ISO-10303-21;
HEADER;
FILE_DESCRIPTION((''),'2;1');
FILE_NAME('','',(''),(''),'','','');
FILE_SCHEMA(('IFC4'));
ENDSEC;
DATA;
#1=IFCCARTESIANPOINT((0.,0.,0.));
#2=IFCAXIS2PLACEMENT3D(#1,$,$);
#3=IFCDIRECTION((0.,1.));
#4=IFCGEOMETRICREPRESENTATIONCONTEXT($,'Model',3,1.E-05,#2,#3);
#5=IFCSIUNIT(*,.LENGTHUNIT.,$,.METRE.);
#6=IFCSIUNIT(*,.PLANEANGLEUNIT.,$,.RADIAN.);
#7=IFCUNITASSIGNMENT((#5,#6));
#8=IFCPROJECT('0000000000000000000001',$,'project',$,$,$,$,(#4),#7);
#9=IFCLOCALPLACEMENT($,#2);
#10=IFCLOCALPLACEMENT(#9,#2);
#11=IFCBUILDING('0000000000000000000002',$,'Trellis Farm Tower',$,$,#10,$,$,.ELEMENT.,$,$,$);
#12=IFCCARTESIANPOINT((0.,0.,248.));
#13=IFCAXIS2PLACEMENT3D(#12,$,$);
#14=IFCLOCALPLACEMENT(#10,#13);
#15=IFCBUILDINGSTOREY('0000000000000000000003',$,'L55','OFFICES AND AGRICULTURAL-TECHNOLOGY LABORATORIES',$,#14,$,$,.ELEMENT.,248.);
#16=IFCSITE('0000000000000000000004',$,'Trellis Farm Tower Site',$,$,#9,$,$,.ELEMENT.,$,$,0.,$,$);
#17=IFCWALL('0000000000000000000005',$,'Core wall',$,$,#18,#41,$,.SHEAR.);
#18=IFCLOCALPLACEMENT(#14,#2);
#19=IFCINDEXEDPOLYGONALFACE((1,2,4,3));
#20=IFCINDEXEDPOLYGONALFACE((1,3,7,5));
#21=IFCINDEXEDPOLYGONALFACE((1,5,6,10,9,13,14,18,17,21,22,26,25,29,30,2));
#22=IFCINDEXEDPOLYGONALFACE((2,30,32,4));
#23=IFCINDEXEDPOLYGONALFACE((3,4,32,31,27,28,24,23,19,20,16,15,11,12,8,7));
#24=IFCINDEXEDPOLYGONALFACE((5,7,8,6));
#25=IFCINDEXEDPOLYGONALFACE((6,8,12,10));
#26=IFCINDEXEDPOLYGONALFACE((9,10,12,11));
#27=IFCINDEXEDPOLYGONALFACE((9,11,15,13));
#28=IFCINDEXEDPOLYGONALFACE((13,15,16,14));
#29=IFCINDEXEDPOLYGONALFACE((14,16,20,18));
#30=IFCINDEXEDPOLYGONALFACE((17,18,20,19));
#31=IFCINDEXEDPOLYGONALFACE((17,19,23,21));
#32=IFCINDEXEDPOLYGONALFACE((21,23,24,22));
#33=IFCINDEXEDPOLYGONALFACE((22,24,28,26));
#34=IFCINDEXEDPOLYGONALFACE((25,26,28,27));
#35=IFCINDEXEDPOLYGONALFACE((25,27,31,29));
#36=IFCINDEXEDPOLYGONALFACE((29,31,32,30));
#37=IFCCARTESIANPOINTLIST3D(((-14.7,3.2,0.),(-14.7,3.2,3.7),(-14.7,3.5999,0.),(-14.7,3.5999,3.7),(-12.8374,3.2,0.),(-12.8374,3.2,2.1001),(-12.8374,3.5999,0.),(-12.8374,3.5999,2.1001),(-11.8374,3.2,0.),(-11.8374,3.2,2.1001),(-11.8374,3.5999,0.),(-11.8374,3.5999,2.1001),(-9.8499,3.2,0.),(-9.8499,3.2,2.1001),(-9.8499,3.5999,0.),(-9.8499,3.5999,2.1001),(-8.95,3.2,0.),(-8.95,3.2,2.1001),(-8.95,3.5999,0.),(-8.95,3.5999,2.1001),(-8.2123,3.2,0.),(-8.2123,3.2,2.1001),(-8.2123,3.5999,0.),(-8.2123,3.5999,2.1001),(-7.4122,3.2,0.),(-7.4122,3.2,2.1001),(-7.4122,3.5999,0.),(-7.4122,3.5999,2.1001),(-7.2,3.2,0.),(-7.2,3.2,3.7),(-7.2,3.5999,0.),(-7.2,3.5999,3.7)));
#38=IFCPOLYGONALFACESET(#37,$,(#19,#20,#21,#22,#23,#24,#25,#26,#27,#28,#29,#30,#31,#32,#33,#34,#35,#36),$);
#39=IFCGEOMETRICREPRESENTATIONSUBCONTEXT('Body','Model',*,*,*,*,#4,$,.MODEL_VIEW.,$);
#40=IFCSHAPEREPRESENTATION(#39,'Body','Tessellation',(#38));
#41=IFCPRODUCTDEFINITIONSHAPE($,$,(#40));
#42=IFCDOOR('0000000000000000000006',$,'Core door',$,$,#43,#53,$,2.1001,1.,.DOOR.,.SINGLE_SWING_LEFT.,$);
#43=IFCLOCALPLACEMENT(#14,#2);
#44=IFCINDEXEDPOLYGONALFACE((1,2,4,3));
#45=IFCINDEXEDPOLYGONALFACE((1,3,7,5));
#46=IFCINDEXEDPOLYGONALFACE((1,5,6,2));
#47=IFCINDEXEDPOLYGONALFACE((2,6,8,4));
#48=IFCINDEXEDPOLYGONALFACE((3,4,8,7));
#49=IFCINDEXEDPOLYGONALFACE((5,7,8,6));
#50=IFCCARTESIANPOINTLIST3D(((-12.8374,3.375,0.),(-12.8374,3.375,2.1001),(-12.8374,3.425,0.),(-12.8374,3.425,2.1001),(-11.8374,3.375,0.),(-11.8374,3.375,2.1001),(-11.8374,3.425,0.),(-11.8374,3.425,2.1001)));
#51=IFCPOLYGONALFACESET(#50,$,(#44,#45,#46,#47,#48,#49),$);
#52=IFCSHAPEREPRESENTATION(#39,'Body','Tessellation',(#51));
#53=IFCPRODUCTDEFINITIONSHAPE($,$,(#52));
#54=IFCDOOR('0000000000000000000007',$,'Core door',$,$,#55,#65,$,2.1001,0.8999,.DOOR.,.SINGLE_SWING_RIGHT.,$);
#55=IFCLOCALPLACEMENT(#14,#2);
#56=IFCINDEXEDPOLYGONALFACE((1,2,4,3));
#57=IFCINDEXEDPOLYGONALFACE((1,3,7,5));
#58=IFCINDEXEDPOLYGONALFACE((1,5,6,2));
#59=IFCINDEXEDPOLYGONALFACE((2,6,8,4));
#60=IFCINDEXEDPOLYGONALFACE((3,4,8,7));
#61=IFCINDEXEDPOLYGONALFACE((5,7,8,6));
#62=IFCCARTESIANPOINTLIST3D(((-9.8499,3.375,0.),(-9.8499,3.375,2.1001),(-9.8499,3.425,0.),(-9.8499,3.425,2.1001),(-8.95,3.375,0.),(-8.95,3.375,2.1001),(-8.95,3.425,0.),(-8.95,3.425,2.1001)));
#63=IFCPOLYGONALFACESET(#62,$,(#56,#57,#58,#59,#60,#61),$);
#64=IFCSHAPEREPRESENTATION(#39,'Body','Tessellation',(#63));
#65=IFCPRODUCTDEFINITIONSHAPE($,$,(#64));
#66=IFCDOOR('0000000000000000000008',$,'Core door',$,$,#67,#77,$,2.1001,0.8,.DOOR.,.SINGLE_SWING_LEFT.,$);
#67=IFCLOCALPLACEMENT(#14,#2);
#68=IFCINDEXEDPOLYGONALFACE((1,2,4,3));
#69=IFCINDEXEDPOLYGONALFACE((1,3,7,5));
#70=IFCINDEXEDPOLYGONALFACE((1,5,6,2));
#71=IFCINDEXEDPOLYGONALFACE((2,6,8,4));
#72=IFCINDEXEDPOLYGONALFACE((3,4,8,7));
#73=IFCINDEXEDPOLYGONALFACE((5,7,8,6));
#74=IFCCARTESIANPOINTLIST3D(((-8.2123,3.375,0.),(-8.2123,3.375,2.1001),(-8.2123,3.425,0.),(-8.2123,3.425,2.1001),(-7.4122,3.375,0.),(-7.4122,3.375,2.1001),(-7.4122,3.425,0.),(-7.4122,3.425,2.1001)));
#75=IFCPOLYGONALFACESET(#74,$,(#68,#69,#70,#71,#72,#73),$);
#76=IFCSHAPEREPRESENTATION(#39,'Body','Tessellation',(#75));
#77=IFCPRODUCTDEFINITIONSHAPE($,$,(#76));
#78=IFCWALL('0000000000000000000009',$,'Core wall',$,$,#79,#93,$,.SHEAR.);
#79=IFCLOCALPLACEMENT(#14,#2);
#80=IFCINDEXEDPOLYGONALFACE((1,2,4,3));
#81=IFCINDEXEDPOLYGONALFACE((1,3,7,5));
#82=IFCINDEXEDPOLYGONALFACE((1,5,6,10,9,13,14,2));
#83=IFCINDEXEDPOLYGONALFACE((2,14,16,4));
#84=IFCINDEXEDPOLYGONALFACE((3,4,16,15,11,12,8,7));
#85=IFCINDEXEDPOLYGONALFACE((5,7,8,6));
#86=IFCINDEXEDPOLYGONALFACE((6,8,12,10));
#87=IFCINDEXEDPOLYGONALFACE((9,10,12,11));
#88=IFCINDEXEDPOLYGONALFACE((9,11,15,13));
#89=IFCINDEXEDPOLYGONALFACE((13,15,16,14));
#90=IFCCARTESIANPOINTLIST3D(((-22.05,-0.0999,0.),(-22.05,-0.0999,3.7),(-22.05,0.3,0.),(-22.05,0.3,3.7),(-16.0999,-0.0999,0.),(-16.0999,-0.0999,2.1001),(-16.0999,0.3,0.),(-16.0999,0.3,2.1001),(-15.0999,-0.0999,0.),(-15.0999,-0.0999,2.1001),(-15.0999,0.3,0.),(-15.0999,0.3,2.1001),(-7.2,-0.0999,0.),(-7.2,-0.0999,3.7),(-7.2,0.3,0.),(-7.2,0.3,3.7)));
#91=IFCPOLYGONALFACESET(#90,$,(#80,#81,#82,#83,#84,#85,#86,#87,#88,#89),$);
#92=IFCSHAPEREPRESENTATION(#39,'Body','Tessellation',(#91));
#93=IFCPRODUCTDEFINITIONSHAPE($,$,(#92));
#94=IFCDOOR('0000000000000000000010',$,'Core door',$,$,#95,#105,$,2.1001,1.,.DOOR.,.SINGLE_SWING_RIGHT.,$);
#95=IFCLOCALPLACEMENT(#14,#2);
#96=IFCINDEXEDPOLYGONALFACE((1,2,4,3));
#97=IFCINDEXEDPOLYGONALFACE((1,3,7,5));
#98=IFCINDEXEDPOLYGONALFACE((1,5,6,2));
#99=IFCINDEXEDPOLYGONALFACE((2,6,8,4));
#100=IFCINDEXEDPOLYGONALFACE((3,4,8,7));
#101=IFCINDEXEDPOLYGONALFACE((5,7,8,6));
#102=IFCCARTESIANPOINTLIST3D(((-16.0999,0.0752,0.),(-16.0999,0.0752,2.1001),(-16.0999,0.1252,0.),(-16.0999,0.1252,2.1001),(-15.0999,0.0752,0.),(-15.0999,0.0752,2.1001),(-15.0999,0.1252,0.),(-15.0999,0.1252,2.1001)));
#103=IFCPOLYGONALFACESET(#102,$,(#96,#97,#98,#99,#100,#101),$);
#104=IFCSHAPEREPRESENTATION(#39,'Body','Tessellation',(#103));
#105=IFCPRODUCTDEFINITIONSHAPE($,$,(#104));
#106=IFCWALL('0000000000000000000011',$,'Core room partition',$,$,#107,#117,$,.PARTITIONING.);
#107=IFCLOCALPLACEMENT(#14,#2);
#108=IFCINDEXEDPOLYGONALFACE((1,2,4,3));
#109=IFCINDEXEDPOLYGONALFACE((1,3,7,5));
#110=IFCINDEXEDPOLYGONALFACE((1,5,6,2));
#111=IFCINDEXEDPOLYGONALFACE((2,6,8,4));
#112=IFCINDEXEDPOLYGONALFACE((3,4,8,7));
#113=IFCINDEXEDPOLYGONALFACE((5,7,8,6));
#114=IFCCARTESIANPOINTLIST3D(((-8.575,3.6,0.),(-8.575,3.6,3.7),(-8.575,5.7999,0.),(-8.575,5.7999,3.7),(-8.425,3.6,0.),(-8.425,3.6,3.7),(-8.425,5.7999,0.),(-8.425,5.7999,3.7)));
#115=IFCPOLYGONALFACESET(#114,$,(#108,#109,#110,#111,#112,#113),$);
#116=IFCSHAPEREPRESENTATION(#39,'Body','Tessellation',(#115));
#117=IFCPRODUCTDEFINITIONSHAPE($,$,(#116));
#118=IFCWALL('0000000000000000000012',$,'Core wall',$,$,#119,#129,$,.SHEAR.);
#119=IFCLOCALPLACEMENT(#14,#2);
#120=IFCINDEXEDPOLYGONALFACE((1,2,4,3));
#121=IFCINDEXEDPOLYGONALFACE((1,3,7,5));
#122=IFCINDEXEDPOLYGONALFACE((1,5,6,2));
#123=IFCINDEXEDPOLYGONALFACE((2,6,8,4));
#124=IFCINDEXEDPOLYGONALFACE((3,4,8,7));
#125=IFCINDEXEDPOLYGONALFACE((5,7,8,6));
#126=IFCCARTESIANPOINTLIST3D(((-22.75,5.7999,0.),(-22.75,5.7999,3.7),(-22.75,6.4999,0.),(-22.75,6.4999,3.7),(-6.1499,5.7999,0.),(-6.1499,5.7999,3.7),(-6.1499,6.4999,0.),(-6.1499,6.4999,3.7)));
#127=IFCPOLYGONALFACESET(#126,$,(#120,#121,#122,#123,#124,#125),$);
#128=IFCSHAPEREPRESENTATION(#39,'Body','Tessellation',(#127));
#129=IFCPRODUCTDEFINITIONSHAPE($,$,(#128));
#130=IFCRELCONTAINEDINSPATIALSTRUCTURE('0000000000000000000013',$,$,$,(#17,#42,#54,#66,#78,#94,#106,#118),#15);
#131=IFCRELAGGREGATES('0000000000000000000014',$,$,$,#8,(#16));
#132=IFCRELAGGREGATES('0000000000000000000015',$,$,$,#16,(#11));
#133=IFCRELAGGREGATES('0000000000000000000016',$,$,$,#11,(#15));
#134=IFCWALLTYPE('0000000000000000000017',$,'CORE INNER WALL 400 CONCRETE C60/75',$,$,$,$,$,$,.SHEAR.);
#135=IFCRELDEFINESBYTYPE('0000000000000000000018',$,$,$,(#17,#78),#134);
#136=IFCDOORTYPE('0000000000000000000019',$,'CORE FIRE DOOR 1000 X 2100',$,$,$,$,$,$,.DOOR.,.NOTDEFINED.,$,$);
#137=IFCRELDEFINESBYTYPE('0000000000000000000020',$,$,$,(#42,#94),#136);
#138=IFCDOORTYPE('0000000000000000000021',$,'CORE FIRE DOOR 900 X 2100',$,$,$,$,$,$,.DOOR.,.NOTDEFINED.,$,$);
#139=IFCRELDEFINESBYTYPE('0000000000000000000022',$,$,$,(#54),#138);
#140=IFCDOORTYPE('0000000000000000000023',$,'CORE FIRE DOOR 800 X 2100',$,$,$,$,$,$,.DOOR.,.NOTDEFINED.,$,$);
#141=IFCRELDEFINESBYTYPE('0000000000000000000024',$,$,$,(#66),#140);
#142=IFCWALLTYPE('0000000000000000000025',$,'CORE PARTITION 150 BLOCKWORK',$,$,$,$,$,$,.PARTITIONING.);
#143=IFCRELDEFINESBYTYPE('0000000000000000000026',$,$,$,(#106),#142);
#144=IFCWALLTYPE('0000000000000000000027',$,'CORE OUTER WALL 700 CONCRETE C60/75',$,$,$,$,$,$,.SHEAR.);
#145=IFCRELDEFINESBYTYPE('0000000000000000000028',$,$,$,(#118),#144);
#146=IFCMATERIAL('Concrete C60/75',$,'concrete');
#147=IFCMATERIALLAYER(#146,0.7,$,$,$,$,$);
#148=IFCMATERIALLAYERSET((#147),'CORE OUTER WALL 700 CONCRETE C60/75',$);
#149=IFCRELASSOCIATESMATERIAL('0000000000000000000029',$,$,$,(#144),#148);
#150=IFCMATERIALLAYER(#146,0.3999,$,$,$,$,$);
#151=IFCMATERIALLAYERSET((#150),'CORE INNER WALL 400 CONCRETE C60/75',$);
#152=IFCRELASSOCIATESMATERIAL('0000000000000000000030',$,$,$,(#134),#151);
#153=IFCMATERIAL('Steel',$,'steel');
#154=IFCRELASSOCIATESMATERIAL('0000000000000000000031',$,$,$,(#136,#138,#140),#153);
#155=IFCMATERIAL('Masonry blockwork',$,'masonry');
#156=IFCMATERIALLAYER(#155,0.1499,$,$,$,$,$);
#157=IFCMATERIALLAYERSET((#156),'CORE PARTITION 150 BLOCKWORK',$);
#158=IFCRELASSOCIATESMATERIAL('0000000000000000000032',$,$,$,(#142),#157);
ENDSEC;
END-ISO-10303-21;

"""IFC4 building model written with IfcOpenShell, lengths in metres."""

from ifc_helpers import new_model, si_unit, direction, frame, frame_2d, origin, place, context, subcontext, project, spatial, rectangle, extrude, source, transform, mapped, material, layer, layer_set, type_object, element, fill, save


model = new_model("IFC4")

# Units and contexts
model_context = context("Model", 3, precision=1e-05, world=origin(), true_north=direction((0.0, 1.0)))
body_context = subcontext(model_context, "Body", "Model", "MODEL_VIEW")
ifc_project = project(units=[si_unit("LENGTHUNIT", "METRE"), si_unit("PLANEANGLEUNIT", "RADIAN")], contexts=[model_context])

# Site, building, storey
site_placement = place(None, origin())
site = spatial("IfcSite", under=ifc_project, at=site_placement, Name="Trellis Farm Tower Site", CompositionType="ELEMENT", RefElevation=0.0)
building_placement = place(site_placement, origin())
building = spatial("IfcBuilding", under=site, at=building_placement, Name="Trellis Farm Tower", CompositionType="ELEMENT")
storey_placement = place(building_placement, frame((0.0, 0.0, 248.0)))
storey = spatial("IfcBuildingStorey", under=building, at=storey_placement, Name="L55", Description="OFFICES AND AGRICULTURAL-TECHNOLOGY LABORATORIES", CompositionType="ELEMENT", Elevation=248.0)

# Shared definitions
ifc_material_1 = material(Name="Concrete C60/75", Category="concrete")

# Shared definitions
ifc_layer_1 = layer(ifc_material_1, 0.7)
ifc_layer_set_1 = layer_set([ifc_layer_1], Name="CORE OUTER WALL 700 CONCRETE C60/75")
wall_type_1 = type_object("IfcWallType", Name="CORE OUTER WALL 700 CONCRETE C60/75", PredefinedType="SHEAR", material=ifc_layer_set_1)
ifc_material_2 = material(Name="Steel", Category="steel")

# Wall, openings, doors
ifc_layer_2 = layer(ifc_material_1, 0.3999)
ifc_layer_set_2 = layer_set([ifc_layer_2], Name="CORE INNER WALL 400 CONCRETE C60/75")
wall_type_2 = type_object("IfcWallType", Name="CORE INNER WALL 400 CONCRETE C60/75", PredefinedType="SHEAR", material=ifc_layer_set_2)
shared_shape_1 = source(origin(), body_context, "Body", "SweptSolid", [
    extrude(rectangle(XDim=7.5, YDim=0.3999, at=frame_2d((3.75, 0.0))), origin(), (0.0, 0.0, 1.0), 3.7),
])
wall_1_placement = place(storey_placement, frame((-7.2, 3.3999, 0.0), z_axis=(0.0, 0.0, 1.0), x_axis=(-1.0, 0.0, 0.0)))
wall_1 = element("IfcWall", 1, at=wall_1_placement, inside=storey, type_object=wall_type_2, Name="Core wall", PredefinedType="SHEAR", context=body_context, shape_type="MappedRepresentation", body=[
    mapped(shared_shape_1, transform((0.0, 0.0, 0.0))),
])
shared_shape_2 = source(origin(), body_context, "Body", "SweptSolid", [
    extrude(rectangle(XDim=0.8, YDim=2.1001, at=frame_2d((0.3999, 1.05))), frame((0.0, 0.21, 0.0), z_axis=(0.0, -1.0, 0.0), x_axis=(1.0, 0.0, 0.0)), (0.0, 0.0, 1.0), 0.4199),
])
opening_1_placement = place(wall_1_placement, frame((0.2124, 0.0, 0.0)))
opening_1 = element("IfcOpeningElement", 2, at=opening_1_placement, cuts=wall_1, PredefinedType="OPENING", context=body_context, shape_type="MappedRepresentation", body=[
    mapped(shared_shape_2, transform((0.0, 0.0, 0.0))),
])
shared_shape_3 = source(origin(), body_context, "Body", "SweptSolid", [
    extrude(rectangle(XDim=0.8999, YDim=2.1001, at=frame_2d((0.45, 1.05))), frame((0.0, 0.21, 0.0), z_axis=(0.0, -1.0, 0.0), x_axis=(1.0, 0.0, 0.0)), (0.0, 0.0, 1.0), 0.4199),
])
opening_2_placement = place(wall_1_placement, frame((1.75, 0.0, 0.0)))
opening_2 = element("IfcOpeningElement", 3, at=opening_2_placement, cuts=wall_1, PredefinedType="OPENING", context=body_context, shape_type="MappedRepresentation", body=[
    mapped(shared_shape_3, transform((0.0, 0.0, 0.0))),
])
shared_shape_4 = source(origin(), body_context, "Body", "SweptSolid", [
    extrude(rectangle(XDim=1.0, YDim=2.1001, at=frame_2d((0.5, 1.05))), frame((0.0, 0.21, 0.0), z_axis=(0.0, -1.0, 0.0), x_axis=(1.0, 0.0, 0.0)), (0.0, 0.0, 1.0), 0.4199),
])
opening_3_placement = place(wall_1_placement, frame((4.6375, 0.0, 0.0)))
opening_3 = element("IfcOpeningElement", 4, at=opening_3_placement, cuts=wall_1, PredefinedType="OPENING", context=body_context, shape_type="MappedRepresentation", body=[
    mapped(shared_shape_4, transform((0.0, 0.0, 0.0))),
])
door_type_1 = type_object("IfcDoorType", Name="CORE FIRE DOOR 1000 X 2100", OperationType="NOTDEFINED", PredefinedType="DOOR", material=ifc_material_2)
shared_shape_5 = source(origin(), body_context, "Body", "SweptSolid", [
    extrude(rectangle(XDim=1.0, YDim=2.1001, at=frame_2d((0.5, 1.05))), frame((0.0, 0.0249, 0.0), z_axis=(0.0, -1.0, 0.0), x_axis=(1.0, 0.0, 0.0)), (0.0, 0.0, 1.0), 0.05),
])
door_1_placement = place(opening_3_placement, origin())
door_1 = element("IfcDoor", 5, at=door_1_placement, inside=storey, type_object=door_type_1, Name="Core door", OperationType="SINGLE_SWING_LEFT", OverallHeight=2.1001, OverallWidth=1.0, PredefinedType="DOOR", context=body_context, shape_type="MappedRepresentation", body=[
    mapped(shared_shape_5, transform((0.0, 0.0, 0.0))),
])
fill(opening_3, door_1)
door_type_2 = type_object("IfcDoorType", Name="CORE FIRE DOOR 900 X 2100", OperationType="NOTDEFINED", PredefinedType="DOOR", material=ifc_material_2)
shared_shape_6 = source(origin(), body_context, "Body", "SweptSolid", [
    extrude(rectangle(XDim=0.8999, YDim=2.1001, at=frame_2d((0.45, 1.05))), frame((0.0, 0.0249, 0.0), z_axis=(0.0, -1.0, 0.0), x_axis=(1.0, 0.0, 0.0)), (0.0, 0.0, 1.0), 0.05),
])
door_2_placement = place(opening_2_placement, origin())
door_2 = element("IfcDoor", 6, at=door_2_placement, inside=storey, type_object=door_type_2, Name="Core door", OperationType="SINGLE_SWING_RIGHT", OverallHeight=2.1001, OverallWidth=0.8999, PredefinedType="DOOR", context=body_context, shape_type="MappedRepresentation", body=[
    mapped(shared_shape_6, transform((0.0, 0.0, 0.0))),
])
fill(opening_2, door_2)
door_type_3 = type_object("IfcDoorType", Name="CORE FIRE DOOR 800 X 2100", OperationType="NOTDEFINED", PredefinedType="DOOR", material=ifc_material_2)
shared_shape_7 = source(origin(), body_context, "Body", "SweptSolid", [
    extrude(rectangle(XDim=0.8, YDim=2.1001, at=frame_2d((0.3999, 1.05))), frame((0.0, 0.0249, 0.0), z_axis=(0.0, -1.0, 0.0), x_axis=(1.0, 0.0, 0.0)), (0.0, 0.0, 1.0), 0.05),
])
door_3_placement = place(opening_1_placement, origin())
door_3 = element("IfcDoor", 7, at=door_3_placement, inside=storey, type_object=door_type_3, Name="Core door", OperationType="SINGLE_SWING_LEFT", OverallHeight=2.1001, OverallWidth=0.8, PredefinedType="DOOR", context=body_context, shape_type="MappedRepresentation", body=[
    mapped(shared_shape_7, transform((0.0, 0.0, 0.0))),
])
fill(opening_1, door_3)

# Wall, opening, door
shared_shape_8 = source(origin(), body_context, "Body", "SweptSolid", [
    extrude(rectangle(XDim=14.8501, YDim=0.3999, at=frame_2d((7.425, 0.0))), origin(), (0.0, 0.0, 1.0), 3.7),
])
wall_2_placement = place(storey_placement, frame((-7.2, 0.1001, 0.0), z_axis=(0.0, 0.0, 1.0), x_axis=(-1.0, 0.0, 0.0)))
wall_2 = element("IfcWall", 8, at=wall_2_placement, inside=storey, type_object=wall_type_2, Name="Core wall", PredefinedType="SHEAR", context=body_context, shape_type="MappedRepresentation", body=[
    mapped(shared_shape_8, transform((0.0, 0.0, 0.0))),
])
opening_4_placement = place(wall_2_placement, frame((7.8999, 0.0, 0.0)))
opening_4 = element("IfcOpeningElement", 9, at=opening_4_placement, cuts=wall_2, PredefinedType="OPENING", context=body_context, shape_type="MappedRepresentation", body=[
    mapped(shared_shape_4, transform((0.0, 0.0, 0.0))),
])
door_4_placement = place(opening_4_placement, origin())
door_4 = element("IfcDoor", 10, at=door_4_placement, inside=storey, type_object=door_type_1, Name="Core door", OperationType="SINGLE_SWING_RIGHT", OverallHeight=2.1001, OverallWidth=1.0, PredefinedType="DOOR", context=body_context, shape_type="MappedRepresentation", body=[
    mapped(shared_shape_5, transform((0.0, 0.0, 0.0))),
])
fill(opening_4, door_4)

# Walls
ifc_material_3 = material(Name="Masonry blockwork", Category="masonry")
ifc_layer_3 = layer(ifc_material_3, 0.1499)
ifc_layer_set_3 = layer_set([ifc_layer_3], Name="CORE PARTITION 150 BLOCKWORK")
wall_type_3 = type_object("IfcWallType", Name="CORE PARTITION 150 BLOCKWORK", PredefinedType="PARTITIONING", material=ifc_layer_set_3)
shared_shape_9 = source(origin(), body_context, "Body", "SweptSolid", [
    extrude(rectangle(XDim=2.2, YDim=0.1499, at=frame_2d((1.1001, 0.0))), origin(), (0.0, 0.0, 1.0), 3.7),
])
wall_3_placement = place(storey_placement, frame((-8.5, 5.8, 0.0), z_axis=(0.0, 0.0, 1.0), x_axis=(0.0, -1.0, 0.0)))
element("IfcWall", 11, at=wall_3_placement, inside=storey, type_object=wall_type_3, Name="Core room partition", PredefinedType="PARTITIONING", context=body_context, shape_type="MappedRepresentation", body=[
    mapped(shared_shape_9, transform((0.0, 0.0, 0.0))),
])
shared_shape_10 = source(origin(), body_context, "Body", "SweptSolid", [
    extrude(rectangle(XDim=16.6001, YDim=0.7, at=frame_2d((8.3, 0.0))), origin(), (0.0, 0.0, 1.0), 3.7),
])
wall_4_placement = place(storey_placement, frame((-6.1499, 6.1499, 0.0), z_axis=(0.0, 0.0, 1.0), x_axis=(-1.0, 0.0, 0.0)))
element("IfcWall", 12, at=wall_4_placement, inside=storey, type_object=wall_type_1, Name="Core wall", PredefinedType="SHEAR", context=body_context, shape_type="MappedRepresentation", body=[
    mapped(shared_shape_10, transform((0.0, 0.0, 0.0))),
])

save(model, "model.ifc")
